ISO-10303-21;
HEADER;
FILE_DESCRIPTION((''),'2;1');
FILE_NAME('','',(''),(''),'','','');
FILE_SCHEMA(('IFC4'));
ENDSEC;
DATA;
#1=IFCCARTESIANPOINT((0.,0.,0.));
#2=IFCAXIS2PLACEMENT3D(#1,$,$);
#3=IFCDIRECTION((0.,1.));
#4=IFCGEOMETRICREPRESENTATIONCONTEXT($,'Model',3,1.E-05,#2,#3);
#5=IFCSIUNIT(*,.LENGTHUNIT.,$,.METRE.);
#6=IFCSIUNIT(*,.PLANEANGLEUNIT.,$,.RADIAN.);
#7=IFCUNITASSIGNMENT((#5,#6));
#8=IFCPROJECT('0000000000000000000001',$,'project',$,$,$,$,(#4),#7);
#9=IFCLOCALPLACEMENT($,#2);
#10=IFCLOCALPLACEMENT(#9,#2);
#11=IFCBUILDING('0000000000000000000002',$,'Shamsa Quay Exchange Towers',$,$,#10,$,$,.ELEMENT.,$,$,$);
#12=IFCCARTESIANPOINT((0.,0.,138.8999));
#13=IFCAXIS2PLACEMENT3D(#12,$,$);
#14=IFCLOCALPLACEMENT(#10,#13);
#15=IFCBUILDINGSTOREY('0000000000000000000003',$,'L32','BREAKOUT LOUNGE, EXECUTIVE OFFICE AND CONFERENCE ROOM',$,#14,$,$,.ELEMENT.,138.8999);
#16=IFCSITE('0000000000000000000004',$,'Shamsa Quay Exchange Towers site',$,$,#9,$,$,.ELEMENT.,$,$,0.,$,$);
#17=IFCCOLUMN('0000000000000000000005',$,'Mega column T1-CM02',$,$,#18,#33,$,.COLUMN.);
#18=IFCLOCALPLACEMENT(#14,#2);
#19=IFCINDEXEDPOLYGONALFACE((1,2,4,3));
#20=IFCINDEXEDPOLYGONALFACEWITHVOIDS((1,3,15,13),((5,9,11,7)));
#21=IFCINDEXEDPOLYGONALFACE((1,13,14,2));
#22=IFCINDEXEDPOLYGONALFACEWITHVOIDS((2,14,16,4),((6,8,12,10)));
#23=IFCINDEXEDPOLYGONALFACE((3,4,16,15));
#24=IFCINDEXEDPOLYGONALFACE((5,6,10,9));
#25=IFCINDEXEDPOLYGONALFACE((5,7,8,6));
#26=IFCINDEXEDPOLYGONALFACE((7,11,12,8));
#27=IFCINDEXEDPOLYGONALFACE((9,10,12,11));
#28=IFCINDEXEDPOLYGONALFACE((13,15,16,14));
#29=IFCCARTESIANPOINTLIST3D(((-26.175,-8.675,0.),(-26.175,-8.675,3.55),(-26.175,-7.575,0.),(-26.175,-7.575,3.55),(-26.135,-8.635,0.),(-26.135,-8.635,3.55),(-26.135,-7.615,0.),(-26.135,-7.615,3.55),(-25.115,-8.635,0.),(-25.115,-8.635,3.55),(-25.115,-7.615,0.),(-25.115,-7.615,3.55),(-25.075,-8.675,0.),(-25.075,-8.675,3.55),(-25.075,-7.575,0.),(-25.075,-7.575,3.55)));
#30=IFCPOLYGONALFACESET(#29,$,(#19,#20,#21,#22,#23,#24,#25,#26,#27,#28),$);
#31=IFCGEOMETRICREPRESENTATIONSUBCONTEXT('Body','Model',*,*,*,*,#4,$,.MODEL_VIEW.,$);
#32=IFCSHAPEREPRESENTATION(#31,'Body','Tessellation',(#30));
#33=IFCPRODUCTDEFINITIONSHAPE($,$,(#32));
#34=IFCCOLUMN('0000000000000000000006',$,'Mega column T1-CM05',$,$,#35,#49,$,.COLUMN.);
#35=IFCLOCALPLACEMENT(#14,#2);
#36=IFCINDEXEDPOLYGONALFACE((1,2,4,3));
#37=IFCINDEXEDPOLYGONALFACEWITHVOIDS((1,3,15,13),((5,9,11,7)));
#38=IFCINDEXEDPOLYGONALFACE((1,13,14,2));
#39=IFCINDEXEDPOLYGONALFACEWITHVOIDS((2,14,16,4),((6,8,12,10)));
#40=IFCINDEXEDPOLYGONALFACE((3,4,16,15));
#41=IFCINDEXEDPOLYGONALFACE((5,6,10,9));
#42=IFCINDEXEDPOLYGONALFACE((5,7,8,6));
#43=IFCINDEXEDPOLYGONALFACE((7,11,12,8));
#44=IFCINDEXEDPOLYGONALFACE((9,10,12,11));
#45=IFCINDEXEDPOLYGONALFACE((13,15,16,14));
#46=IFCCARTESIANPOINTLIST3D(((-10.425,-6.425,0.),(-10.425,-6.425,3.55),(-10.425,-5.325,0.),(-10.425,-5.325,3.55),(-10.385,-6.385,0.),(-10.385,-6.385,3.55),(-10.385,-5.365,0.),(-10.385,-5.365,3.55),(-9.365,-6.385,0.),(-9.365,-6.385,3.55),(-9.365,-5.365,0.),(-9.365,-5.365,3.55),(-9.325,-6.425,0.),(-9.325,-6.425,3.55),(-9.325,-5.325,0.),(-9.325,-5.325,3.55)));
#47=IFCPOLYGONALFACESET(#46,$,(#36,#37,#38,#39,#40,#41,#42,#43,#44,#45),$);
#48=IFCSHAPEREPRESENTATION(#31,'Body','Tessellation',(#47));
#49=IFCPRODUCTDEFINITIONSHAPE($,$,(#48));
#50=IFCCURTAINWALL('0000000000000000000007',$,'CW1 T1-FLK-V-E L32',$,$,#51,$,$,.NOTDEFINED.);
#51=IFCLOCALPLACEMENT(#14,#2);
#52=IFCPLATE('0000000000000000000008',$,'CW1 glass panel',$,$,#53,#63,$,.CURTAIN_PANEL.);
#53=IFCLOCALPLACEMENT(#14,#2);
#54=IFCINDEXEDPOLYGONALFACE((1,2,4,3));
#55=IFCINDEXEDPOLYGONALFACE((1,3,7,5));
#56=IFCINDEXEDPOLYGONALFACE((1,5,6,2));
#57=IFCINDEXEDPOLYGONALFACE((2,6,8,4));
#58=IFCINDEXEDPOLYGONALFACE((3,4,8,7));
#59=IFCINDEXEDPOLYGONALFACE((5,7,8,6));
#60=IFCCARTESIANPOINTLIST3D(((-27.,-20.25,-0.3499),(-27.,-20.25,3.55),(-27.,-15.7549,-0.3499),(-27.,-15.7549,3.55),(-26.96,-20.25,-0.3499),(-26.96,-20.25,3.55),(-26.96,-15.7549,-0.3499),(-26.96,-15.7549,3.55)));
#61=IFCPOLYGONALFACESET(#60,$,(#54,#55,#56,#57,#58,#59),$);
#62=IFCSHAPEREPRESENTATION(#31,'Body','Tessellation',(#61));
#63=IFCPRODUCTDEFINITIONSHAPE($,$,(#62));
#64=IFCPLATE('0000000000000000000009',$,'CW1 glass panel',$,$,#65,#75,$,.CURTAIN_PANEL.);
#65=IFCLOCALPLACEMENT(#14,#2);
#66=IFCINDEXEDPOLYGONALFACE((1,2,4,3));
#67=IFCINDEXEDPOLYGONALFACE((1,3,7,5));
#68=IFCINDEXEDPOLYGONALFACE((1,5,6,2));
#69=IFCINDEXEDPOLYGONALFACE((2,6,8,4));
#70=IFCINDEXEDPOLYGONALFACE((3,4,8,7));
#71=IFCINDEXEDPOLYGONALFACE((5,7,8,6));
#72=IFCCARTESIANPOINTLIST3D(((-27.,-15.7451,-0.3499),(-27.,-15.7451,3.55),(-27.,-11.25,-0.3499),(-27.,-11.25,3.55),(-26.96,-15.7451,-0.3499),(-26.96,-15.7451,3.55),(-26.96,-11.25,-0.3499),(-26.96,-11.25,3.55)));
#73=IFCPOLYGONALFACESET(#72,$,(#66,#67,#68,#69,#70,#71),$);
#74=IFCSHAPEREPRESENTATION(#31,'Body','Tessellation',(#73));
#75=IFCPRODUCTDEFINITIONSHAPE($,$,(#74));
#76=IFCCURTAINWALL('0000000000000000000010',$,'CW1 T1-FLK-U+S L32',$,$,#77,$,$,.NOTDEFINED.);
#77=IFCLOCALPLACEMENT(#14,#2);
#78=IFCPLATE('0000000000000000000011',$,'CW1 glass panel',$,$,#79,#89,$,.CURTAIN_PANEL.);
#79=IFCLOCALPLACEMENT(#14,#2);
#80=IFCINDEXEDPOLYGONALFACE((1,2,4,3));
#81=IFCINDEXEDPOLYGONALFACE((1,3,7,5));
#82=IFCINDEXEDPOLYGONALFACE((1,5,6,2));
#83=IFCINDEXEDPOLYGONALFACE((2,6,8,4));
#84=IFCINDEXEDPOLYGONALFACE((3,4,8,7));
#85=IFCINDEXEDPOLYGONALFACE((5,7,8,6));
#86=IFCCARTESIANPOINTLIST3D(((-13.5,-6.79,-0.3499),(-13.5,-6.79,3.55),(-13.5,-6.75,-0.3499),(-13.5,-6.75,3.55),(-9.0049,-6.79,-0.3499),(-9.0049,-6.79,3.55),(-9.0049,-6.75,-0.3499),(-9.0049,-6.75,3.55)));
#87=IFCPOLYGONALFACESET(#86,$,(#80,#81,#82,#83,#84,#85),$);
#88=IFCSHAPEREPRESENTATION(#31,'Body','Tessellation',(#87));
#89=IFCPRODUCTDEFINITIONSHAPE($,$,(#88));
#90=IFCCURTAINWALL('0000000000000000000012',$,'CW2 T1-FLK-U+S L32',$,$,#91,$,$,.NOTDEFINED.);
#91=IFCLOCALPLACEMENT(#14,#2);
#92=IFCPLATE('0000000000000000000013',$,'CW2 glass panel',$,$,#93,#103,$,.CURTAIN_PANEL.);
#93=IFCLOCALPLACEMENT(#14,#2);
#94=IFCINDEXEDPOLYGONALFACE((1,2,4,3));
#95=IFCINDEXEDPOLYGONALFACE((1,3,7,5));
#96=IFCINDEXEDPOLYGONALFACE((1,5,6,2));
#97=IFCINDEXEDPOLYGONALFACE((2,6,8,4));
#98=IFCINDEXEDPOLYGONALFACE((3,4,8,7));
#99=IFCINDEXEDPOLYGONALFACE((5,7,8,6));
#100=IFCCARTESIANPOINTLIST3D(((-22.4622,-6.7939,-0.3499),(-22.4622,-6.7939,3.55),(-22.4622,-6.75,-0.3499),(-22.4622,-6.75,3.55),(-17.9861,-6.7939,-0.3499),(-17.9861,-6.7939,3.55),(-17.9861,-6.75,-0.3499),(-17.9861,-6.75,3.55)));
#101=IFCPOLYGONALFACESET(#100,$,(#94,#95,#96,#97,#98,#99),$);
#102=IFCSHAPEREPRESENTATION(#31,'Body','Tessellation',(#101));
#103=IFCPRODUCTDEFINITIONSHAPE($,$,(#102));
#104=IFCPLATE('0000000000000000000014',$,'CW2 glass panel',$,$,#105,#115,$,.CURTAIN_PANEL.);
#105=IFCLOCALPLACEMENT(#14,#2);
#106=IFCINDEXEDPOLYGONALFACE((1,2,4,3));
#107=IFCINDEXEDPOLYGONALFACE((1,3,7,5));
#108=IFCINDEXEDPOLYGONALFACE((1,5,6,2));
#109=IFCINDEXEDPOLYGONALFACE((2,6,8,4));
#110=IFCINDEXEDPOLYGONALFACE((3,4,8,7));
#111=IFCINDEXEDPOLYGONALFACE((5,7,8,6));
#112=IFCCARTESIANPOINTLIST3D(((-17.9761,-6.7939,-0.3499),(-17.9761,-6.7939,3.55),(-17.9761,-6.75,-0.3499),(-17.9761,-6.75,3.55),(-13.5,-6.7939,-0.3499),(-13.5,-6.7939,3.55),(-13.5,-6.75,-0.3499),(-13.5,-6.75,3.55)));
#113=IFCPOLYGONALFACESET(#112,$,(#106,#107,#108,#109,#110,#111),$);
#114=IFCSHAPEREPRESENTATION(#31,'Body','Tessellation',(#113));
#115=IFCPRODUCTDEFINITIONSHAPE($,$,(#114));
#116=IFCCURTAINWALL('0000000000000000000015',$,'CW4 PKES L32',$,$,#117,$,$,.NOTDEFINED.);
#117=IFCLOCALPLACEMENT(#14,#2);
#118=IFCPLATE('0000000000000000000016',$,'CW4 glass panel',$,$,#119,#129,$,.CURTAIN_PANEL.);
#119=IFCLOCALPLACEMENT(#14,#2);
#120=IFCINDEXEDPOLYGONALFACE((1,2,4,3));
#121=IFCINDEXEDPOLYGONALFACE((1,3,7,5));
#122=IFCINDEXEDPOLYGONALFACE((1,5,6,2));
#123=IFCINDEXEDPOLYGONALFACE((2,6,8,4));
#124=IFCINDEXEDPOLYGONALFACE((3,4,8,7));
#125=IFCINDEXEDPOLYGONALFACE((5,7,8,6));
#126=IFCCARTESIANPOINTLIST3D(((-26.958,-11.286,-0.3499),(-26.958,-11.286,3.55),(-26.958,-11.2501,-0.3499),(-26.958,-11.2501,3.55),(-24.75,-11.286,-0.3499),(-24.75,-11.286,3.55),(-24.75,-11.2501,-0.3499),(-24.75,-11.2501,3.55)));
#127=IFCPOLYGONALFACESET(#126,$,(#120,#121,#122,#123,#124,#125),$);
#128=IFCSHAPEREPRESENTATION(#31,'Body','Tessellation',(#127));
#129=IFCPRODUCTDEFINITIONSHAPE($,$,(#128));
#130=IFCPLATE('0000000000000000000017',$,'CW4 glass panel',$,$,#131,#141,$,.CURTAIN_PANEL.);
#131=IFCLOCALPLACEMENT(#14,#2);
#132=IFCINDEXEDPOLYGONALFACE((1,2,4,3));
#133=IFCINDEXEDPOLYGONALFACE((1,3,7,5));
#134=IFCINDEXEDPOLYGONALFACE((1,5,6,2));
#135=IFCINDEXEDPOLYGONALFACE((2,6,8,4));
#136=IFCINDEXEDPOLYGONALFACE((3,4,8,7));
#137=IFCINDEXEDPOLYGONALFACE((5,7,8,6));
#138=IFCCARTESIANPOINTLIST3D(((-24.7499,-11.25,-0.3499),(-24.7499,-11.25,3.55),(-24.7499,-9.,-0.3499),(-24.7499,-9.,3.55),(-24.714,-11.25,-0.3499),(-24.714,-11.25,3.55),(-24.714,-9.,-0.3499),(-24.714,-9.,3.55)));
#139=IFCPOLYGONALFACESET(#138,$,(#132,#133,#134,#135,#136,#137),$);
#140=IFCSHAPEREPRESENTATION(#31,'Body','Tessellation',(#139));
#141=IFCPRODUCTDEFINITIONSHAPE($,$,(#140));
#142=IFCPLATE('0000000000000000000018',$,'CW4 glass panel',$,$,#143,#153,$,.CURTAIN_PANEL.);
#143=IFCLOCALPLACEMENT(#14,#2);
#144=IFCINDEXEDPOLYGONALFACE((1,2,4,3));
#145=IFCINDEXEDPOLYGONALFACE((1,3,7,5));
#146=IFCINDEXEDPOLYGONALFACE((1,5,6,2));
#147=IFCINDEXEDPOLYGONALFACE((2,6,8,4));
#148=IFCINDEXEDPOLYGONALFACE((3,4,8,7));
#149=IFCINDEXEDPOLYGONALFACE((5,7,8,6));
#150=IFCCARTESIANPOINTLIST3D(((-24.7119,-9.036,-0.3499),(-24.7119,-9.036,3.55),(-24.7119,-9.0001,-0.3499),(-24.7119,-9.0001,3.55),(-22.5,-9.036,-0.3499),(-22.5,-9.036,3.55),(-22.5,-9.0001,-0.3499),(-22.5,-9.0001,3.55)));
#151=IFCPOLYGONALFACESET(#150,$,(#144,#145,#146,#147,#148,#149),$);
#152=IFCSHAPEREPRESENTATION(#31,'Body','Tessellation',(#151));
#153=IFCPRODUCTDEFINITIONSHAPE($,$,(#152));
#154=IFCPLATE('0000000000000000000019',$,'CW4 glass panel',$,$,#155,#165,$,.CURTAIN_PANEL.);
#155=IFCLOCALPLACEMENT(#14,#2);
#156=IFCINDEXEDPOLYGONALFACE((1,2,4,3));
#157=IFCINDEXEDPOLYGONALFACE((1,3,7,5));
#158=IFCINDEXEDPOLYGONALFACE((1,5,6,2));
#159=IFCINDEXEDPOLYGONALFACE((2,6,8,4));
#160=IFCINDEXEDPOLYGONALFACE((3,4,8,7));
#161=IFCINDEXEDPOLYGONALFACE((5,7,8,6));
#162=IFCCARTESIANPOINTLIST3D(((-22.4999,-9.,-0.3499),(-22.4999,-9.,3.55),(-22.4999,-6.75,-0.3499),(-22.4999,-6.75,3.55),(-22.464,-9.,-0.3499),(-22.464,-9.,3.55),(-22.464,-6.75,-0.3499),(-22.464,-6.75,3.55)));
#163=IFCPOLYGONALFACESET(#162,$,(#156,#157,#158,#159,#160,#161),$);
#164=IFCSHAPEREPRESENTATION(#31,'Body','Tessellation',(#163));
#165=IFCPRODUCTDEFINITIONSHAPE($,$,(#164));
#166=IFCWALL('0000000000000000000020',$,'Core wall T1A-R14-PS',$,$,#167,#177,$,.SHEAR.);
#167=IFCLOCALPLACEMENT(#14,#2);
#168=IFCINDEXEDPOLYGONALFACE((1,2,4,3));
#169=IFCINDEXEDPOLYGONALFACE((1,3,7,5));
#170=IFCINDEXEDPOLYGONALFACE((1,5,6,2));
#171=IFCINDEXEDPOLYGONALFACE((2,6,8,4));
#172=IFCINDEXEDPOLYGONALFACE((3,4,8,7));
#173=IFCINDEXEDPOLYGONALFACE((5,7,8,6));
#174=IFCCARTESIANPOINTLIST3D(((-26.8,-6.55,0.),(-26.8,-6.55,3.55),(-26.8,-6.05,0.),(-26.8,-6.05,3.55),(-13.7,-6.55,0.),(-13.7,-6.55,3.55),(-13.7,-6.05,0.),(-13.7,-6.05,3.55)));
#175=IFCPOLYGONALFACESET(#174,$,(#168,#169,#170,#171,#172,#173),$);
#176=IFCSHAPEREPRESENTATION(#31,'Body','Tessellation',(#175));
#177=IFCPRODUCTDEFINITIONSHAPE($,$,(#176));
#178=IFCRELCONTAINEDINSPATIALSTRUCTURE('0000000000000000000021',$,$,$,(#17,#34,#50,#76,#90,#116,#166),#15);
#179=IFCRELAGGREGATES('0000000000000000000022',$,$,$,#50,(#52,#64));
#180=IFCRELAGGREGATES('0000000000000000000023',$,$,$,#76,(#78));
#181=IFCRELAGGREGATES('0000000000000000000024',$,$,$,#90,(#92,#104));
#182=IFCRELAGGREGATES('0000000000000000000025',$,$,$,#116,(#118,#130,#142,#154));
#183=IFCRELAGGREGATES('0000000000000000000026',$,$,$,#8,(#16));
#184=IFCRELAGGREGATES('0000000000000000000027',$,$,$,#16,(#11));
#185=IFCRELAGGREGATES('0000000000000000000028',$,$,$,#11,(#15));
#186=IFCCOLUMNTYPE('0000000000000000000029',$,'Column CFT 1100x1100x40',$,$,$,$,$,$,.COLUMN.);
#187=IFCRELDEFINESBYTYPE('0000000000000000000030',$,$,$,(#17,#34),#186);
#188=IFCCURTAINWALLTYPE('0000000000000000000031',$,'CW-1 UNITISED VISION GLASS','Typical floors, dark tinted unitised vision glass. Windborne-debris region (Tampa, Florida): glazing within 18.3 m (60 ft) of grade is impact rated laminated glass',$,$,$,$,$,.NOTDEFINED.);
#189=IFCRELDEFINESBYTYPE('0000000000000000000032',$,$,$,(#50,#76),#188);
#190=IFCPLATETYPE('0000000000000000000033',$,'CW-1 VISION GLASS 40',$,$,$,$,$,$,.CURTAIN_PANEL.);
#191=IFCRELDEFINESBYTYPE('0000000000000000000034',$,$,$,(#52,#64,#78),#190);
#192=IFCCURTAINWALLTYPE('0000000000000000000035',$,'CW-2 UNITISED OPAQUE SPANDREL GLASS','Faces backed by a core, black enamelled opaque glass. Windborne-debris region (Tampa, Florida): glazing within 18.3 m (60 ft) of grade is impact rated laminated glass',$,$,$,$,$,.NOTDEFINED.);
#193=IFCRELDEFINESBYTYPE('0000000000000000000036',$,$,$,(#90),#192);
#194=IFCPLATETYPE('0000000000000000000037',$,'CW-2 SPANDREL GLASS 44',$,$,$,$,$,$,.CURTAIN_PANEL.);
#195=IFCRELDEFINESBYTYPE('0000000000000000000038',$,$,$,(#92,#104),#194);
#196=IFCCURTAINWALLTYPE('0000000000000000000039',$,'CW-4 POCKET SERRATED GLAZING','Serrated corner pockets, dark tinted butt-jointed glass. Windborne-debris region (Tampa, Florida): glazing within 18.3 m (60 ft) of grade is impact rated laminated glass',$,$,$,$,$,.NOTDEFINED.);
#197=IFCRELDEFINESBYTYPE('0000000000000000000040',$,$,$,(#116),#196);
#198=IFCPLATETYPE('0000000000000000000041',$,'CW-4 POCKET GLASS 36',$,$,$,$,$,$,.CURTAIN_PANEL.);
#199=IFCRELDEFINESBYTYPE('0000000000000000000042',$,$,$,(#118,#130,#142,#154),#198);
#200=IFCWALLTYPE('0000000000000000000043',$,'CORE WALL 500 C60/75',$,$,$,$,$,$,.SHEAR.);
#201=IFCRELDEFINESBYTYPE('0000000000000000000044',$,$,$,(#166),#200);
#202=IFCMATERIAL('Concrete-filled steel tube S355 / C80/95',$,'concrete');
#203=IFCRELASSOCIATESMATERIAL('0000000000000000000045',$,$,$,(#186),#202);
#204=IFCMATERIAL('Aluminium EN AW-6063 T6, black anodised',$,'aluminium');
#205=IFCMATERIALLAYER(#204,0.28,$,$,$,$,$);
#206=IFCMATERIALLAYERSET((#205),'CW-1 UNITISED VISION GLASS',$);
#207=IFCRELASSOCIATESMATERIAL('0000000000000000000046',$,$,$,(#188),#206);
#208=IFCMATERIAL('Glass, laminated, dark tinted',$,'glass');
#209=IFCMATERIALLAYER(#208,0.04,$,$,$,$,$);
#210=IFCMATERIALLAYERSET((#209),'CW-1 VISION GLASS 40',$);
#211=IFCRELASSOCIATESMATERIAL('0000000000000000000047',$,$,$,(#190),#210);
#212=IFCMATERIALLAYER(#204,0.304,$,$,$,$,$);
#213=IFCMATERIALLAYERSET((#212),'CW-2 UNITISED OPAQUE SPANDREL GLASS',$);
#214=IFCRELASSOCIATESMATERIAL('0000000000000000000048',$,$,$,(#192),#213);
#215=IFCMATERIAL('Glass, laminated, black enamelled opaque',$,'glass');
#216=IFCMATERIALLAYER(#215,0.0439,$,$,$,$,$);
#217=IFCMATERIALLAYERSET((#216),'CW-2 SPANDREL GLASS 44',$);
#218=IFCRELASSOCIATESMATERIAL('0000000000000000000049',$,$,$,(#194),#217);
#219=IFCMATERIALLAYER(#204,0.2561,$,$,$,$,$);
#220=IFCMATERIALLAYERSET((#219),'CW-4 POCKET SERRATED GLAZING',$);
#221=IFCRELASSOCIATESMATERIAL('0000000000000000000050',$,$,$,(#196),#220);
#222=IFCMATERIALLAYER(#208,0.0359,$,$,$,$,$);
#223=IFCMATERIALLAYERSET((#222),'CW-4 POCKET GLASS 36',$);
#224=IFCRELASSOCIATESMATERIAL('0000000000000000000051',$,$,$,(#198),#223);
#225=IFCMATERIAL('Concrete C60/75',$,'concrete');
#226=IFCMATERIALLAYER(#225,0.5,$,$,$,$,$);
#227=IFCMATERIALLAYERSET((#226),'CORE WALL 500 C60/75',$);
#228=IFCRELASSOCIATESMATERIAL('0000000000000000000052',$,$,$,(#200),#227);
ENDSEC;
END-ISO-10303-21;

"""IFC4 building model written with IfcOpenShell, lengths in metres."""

from ifc_helpers import new_model, si_unit, direction, frame, frame_2d, origin, origin_2d, place, context, subcontext, project, spatial, rectangle, hollow_rectangle, extrude, material, layer, layer_set, material_profile, profile_set, type_object, element, aggregate, save


model = new_model("IFC4")

# Units and contexts
model_context = context("Model", 3, precision=1e-05, world=origin(), true_north=direction((0.0, 1.0)))
body_context = subcontext(model_context, "Body", "Model", "MODEL_VIEW")
ifc_project = project(units=[si_unit("LENGTHUNIT", "METRE"), si_unit("PLANEANGLEUNIT", "RADIAN")], contexts=[model_context])

# Site, building, storey
site_placement = place(None, origin())
site = spatial("IfcSite", under=ifc_project, at=site_placement, Name="Shamsa Quay Exchange Towers site", CompositionType="ELEMENT", RefElevation=0.0)
building_placement = place(site_placement, origin())
building = spatial("IfcBuilding", under=site, at=building_placement, Name="Shamsa Quay Exchange Towers", CompositionType="ELEMENT")
storey_placement = place(building_placement, frame((0.0, 0.0, 138.8999)))
storey = spatial("IfcBuildingStorey", under=building, at=storey_placement, Name="L32", Description="BREAKOUT LOUNGE, EXECUTIVE OFFICE AND CONFERENCE ROOM", CompositionType="ELEMENT", Elevation=138.8999)

# Columns
ifc_material_1 = material(Name="Concrete-filled steel tube S355 / C80/95", Category="concrete")
ifc_material_profile = material_profile(ifc_material_1, hollow_rectangle(XDim=1.1001, YDim=1.1001, WallThickness=0.04, at=origin_2d()), Name="CFT 1100x1100x40")
ifc_profile_set = profile_set([ifc_material_profile], Name="Concrete-filled steel tube S355 / C80/95")
column_type = type_object("IfcColumnType", Name="Column CFT 1100x1100x40", PredefinedType="COLUMN", material=ifc_profile_set)
for number, where, name in (
    (1, (-25.625, -8.125, 0.0), "Mega column T1-CM02"),
    (2, (-9.875, -5.875, 0.0), "Mega column T1-CM05"),
):
    element("IfcColumn", number, at=place(storey_placement, frame(where)), inside=storey, type_object=column_type, Name=name, PredefinedType="COLUMN", context=body_context, shape_type="SweptSolid", body=[
        extrude(hollow_rectangle(XDim=1.1001, YDim=1.1001, WallThickness=0.04, at=origin_2d()), origin(), (0.0, 0.0, 1.0), 3.55),
    ])

# Curtain wall, plates
ifc_material_2 = material(Name="Aluminium EN AW-6063 T6, black anodised", Category="aluminium")
ifc_layer_1 = layer(ifc_material_2, 0.28)
ifc_layer_set_1 = layer_set([ifc_layer_1], Name="CW-1 UNITISED VISION GLASS")
curtain_wall_type_1 = type_object("IfcCurtainWallType", Name="CW-1 UNITISED VISION GLASS", Description="Typical floors, dark tinted unitised vision glass. Windborne-debris region (Tampa, Florida): glazing within 18.3 m (60 ft) of grade is impact rated laminated glass", PredefinedType="NOTDEFINED", material=ifc_layer_set_1)
curtain_wall_1_placement = place(storey_placement, origin())
curtain_wall_1 = element("IfcCurtainWall", 3, at=curtain_wall_1_placement, inside=storey, type_object=curtain_wall_type_1, Name="CW1 T1-FLK-V-E L32", PredefinedType="NOTDEFINED")
ifc_material_3 = material(Name="Glass, laminated, dark tinted", Category="glass")
ifc_layer_2 = layer(ifc_material_3, 0.04)
ifc_layer_set_2 = layer_set([ifc_layer_2], Name="CW-1 VISION GLASS 40")
plate_type_1 = type_object("IfcPlateType", Name="CW-1 VISION GLASS 40", PredefinedType="CURTAIN_PANEL", material=ifc_layer_set_2)
plate_1_placement = place(storey_placement, frame((-26.98, -18.0024, -0.3499), z_axis=(0.0, 0.0, 1.0), x_axis=(0.0, 1.0, 0.0)))
plate_1 = element("IfcPlate", 4, at=plate_1_placement, type_object=plate_type_1, Name="CW1 glass panel", PredefinedType="CURTAIN_PANEL", context=body_context, shape_type="SweptSolid", body=[
    extrude(rectangle(XDim=4.4951, YDim=0.04, at=origin_2d()), origin(), (0.0, 0.0, 1.0), 3.8999),
])
plate_2_placement = place(storey_placement, frame((-26.98, -13.4976, -0.3499), z_axis=(0.0, 0.0, 1.0), x_axis=(0.0, 1.0, 0.0)))
plate_2 = element("IfcPlate", 5, at=plate_2_placement, type_object=plate_type_1, Name="CW1 glass panel", PredefinedType="CURTAIN_PANEL", context=body_context, shape_type="SweptSolid", body=[
    extrude(rectangle(XDim=4.4951, YDim=0.04, at=origin_2d()), origin(), (0.0, 0.0, 1.0), 3.8999),
])
aggregate(curtain_wall_1, [plate_1, plate_2])

# Curtain wall, plate
curtain_wall_2_placement = place(storey_placement, origin())
curtain_wall_2 = element("IfcCurtainWall", 6, at=curtain_wall_2_placement, inside=storey, type_object=curtain_wall_type_1, Name="CW1 T1-FLK-U+S L32", PredefinedType="NOTDEFINED")
plate_3_placement = place(storey_placement, frame((-11.2524, -6.77, -0.3499)))
plate_3 = element("IfcPlate", 7, at=plate_3_placement, type_object=plate_type_1, Name="CW1 glass panel", PredefinedType="CURTAIN_PANEL", context=body_context, shape_type="SweptSolid", body=[
    extrude(rectangle(XDim=4.4951, YDim=0.04, at=origin_2d()), origin(), (0.0, 0.0, 1.0), 3.8999),
])
aggregate(curtain_wall_2, [plate_3])

# Curtain walls, plates
ifc_layer_3 = layer(ifc_material_2, 0.304)
ifc_layer_set_3 = layer_set([ifc_layer_3], Name="CW-2 UNITISED OPAQUE SPANDREL GLASS")
curtain_wall_type_2 = type_object("IfcCurtainWallType", Name="CW-2 UNITISED OPAQUE SPANDREL GLASS", Description="Faces backed by a core, black enamelled opaque glass. Windborne-debris region (Tampa, Florida): glazing within 18.3 m (60 ft) of grade is impact rated laminated glass", PredefinedType="NOTDEFINED", material=ifc_layer_set_3)
curtain_wall_3_placement = place(storey_placement, origin())
curtain_wall_3 = element("IfcCurtainWall", 8, at=curtain_wall_3_placement, inside=storey, type_object=curtain_wall_type_2, Name="CW2 T1-FLK-U+S L32", PredefinedType="NOTDEFINED")
ifc_material_4 = material(Name="Glass, laminated, black enamelled opaque", Category="glass")
ifc_layer_4 = layer(ifc_material_4, 0.0439)
ifc_layer_set_4 = layer_set([ifc_layer_4], Name="CW-2 SPANDREL GLASS 44")
plate_type_2 = type_object("IfcPlateType", Name="CW-2 SPANDREL GLASS 44", PredefinedType="CURTAIN_PANEL", material=ifc_layer_set_4)
plate_4_placement = place(storey_placement, frame((-20.2241, -6.772, -0.3499)))
plate_4 = element("IfcPlate", 9, at=plate_4_placement, type_object=plate_type_2, Name="CW2 glass panel", PredefinedType="CURTAIN_PANEL", context=body_context, shape_type="SweptSolid", body=[
    extrude(rectangle(XDim=4.4761, YDim=0.0439, at=origin_2d()), origin(), (0.0, 0.0, 1.0), 3.8999),
])
plate_5_placement = place(storey_placement, frame((-15.738, -6.772, -0.3499)))
plate_5 = element("IfcPlate", 10, at=plate_5_placement, type_object=plate_type_2, Name="CW2 glass panel", PredefinedType="CURTAIN_PANEL", context=body_context, shape_type="SweptSolid", body=[
    extrude(rectangle(XDim=4.4761, YDim=0.0439, at=origin_2d()), origin(), (0.0, 0.0, 1.0), 3.8999),
])
aggregate(curtain_wall_3, [plate_4, plate_5])
ifc_layer_5 = layer(ifc_material_2, 0.2561)
ifc_layer_set_5 = layer_set([ifc_layer_5], Name="CW-4 POCKET SERRATED GLAZING")
curtain_wall_type_3 = type_object("IfcCurtainWallType", Name="CW-4 POCKET SERRATED GLAZING", Description="Serrated corner pockets, dark tinted butt-jointed glass. Windborne-debris region (Tampa, Florida): glazing within 18.3 m (60 ft) of grade is impact rated laminated glass", PredefinedType="NOTDEFINED", material=ifc_layer_set_5)
curtain_wall_4_placement = place(storey_placement, origin())
curtain_wall_4 = element("IfcCurtainWall", 11, at=curtain_wall_4_placement, inside=storey, type_object=curtain_wall_type_3, Name="CW4 PKES L32", PredefinedType="NOTDEFINED")
ifc_layer_6 = layer(ifc_material_3, 0.0359)
ifc_layer_set_6 = layer_set([ifc_layer_6], Name="CW-4 POCKET GLASS 36")
plate_type_3 = type_object("IfcPlateType", Name="CW-4 POCKET GLASS 36", PredefinedType="CURTAIN_PANEL", material=ifc_layer_set_6)
plate_6_placement = place(storey_placement, frame((-25.854, -11.2681, -0.3499)))
plate_6 = element("IfcPlate", 12, at=plate_6_placement, type_object=plate_type_3, Name="CW4 glass panel", PredefinedType="CURTAIN_PANEL", context=body_context, shape_type="SweptSolid", body=[
    extrude(rectangle(XDim=2.208, YDim=0.0359, at=origin_2d()), origin(), (0.0, 0.0, 1.0), 3.8999),
])
plate_7_placement = place(storey_placement, frame((-24.7319, -10.125, -0.3499), z_axis=(0.0, 0.0, 1.0), x_axis=(0.0, 1.0, 0.0)))
plate_7 = element("IfcPlate", 13, at=plate_7_placement, type_object=plate_type_3, Name="CW4 glass panel", PredefinedType="CURTAIN_PANEL", context=body_context, shape_type="SweptSolid", body=[
    extrude(rectangle(XDim=2.25, YDim=0.0359, at=origin_2d()), origin(), (0.0, 0.0, 1.0), 3.8999),
])
plate_8_placement = place(storey_placement, frame((-23.606, -9.0181, -0.3499)))
plate_8 = element("IfcPlate", 14, at=plate_8_placement, type_object=plate_type_3, Name="CW4 glass panel", PredefinedType="CURTAIN_PANEL", context=body_context, shape_type="SweptSolid", body=[
    extrude(rectangle(XDim=2.2119, YDim=0.0359, at=origin_2d()), origin(), (0.0, 0.0, 1.0), 3.8999),
])
plate_9_placement = place(storey_placement, frame((-22.4819, -7.875, -0.3499), z_axis=(0.0, 0.0, 1.0), x_axis=(0.0, 1.0, 0.0)))
plate_9 = element("IfcPlate", 15, at=plate_9_placement, type_object=plate_type_3, Name="CW4 glass panel", PredefinedType="CURTAIN_PANEL", context=body_context, shape_type="SweptSolid", body=[
    extrude(rectangle(XDim=2.25, YDim=0.0359, at=origin_2d()), origin(), (0.0, 0.0, 1.0), 3.8999),
])
aggregate(curtain_wall_4, [plate_6, plate_7, plate_8, plate_9])

# Wall
ifc_material_5 = material(Name="Concrete C60/75", Category="concrete")
ifc_layer_7 = layer(ifc_material_5, 0.5)
ifc_layer_set_7 = layer_set([ifc_layer_7], Name="CORE WALL 500 C60/75")
wall_type_1 = type_object("IfcWallType", Name="CORE WALL 500 C60/75", PredefinedType="SHEAR", material=ifc_layer_set_7)
wall_1_placement = place(storey_placement, frame((-26.8, -6.3, 0.0)))
element("IfcWall", 16, at=wall_1_placement, inside=storey, type_object=wall_type_1, Name="Core wall T1A-R14-PS", PredefinedType="SHEAR", context=body_context, shape_type="SweptSolid", body=[
    extrude(rectangle(XDim=13.1001, YDim=0.5, at=frame_2d((6.55, 0.0))), origin(), (0.0, 0.0, 1.0), 3.55),
])

save(model, "model.ifc")
